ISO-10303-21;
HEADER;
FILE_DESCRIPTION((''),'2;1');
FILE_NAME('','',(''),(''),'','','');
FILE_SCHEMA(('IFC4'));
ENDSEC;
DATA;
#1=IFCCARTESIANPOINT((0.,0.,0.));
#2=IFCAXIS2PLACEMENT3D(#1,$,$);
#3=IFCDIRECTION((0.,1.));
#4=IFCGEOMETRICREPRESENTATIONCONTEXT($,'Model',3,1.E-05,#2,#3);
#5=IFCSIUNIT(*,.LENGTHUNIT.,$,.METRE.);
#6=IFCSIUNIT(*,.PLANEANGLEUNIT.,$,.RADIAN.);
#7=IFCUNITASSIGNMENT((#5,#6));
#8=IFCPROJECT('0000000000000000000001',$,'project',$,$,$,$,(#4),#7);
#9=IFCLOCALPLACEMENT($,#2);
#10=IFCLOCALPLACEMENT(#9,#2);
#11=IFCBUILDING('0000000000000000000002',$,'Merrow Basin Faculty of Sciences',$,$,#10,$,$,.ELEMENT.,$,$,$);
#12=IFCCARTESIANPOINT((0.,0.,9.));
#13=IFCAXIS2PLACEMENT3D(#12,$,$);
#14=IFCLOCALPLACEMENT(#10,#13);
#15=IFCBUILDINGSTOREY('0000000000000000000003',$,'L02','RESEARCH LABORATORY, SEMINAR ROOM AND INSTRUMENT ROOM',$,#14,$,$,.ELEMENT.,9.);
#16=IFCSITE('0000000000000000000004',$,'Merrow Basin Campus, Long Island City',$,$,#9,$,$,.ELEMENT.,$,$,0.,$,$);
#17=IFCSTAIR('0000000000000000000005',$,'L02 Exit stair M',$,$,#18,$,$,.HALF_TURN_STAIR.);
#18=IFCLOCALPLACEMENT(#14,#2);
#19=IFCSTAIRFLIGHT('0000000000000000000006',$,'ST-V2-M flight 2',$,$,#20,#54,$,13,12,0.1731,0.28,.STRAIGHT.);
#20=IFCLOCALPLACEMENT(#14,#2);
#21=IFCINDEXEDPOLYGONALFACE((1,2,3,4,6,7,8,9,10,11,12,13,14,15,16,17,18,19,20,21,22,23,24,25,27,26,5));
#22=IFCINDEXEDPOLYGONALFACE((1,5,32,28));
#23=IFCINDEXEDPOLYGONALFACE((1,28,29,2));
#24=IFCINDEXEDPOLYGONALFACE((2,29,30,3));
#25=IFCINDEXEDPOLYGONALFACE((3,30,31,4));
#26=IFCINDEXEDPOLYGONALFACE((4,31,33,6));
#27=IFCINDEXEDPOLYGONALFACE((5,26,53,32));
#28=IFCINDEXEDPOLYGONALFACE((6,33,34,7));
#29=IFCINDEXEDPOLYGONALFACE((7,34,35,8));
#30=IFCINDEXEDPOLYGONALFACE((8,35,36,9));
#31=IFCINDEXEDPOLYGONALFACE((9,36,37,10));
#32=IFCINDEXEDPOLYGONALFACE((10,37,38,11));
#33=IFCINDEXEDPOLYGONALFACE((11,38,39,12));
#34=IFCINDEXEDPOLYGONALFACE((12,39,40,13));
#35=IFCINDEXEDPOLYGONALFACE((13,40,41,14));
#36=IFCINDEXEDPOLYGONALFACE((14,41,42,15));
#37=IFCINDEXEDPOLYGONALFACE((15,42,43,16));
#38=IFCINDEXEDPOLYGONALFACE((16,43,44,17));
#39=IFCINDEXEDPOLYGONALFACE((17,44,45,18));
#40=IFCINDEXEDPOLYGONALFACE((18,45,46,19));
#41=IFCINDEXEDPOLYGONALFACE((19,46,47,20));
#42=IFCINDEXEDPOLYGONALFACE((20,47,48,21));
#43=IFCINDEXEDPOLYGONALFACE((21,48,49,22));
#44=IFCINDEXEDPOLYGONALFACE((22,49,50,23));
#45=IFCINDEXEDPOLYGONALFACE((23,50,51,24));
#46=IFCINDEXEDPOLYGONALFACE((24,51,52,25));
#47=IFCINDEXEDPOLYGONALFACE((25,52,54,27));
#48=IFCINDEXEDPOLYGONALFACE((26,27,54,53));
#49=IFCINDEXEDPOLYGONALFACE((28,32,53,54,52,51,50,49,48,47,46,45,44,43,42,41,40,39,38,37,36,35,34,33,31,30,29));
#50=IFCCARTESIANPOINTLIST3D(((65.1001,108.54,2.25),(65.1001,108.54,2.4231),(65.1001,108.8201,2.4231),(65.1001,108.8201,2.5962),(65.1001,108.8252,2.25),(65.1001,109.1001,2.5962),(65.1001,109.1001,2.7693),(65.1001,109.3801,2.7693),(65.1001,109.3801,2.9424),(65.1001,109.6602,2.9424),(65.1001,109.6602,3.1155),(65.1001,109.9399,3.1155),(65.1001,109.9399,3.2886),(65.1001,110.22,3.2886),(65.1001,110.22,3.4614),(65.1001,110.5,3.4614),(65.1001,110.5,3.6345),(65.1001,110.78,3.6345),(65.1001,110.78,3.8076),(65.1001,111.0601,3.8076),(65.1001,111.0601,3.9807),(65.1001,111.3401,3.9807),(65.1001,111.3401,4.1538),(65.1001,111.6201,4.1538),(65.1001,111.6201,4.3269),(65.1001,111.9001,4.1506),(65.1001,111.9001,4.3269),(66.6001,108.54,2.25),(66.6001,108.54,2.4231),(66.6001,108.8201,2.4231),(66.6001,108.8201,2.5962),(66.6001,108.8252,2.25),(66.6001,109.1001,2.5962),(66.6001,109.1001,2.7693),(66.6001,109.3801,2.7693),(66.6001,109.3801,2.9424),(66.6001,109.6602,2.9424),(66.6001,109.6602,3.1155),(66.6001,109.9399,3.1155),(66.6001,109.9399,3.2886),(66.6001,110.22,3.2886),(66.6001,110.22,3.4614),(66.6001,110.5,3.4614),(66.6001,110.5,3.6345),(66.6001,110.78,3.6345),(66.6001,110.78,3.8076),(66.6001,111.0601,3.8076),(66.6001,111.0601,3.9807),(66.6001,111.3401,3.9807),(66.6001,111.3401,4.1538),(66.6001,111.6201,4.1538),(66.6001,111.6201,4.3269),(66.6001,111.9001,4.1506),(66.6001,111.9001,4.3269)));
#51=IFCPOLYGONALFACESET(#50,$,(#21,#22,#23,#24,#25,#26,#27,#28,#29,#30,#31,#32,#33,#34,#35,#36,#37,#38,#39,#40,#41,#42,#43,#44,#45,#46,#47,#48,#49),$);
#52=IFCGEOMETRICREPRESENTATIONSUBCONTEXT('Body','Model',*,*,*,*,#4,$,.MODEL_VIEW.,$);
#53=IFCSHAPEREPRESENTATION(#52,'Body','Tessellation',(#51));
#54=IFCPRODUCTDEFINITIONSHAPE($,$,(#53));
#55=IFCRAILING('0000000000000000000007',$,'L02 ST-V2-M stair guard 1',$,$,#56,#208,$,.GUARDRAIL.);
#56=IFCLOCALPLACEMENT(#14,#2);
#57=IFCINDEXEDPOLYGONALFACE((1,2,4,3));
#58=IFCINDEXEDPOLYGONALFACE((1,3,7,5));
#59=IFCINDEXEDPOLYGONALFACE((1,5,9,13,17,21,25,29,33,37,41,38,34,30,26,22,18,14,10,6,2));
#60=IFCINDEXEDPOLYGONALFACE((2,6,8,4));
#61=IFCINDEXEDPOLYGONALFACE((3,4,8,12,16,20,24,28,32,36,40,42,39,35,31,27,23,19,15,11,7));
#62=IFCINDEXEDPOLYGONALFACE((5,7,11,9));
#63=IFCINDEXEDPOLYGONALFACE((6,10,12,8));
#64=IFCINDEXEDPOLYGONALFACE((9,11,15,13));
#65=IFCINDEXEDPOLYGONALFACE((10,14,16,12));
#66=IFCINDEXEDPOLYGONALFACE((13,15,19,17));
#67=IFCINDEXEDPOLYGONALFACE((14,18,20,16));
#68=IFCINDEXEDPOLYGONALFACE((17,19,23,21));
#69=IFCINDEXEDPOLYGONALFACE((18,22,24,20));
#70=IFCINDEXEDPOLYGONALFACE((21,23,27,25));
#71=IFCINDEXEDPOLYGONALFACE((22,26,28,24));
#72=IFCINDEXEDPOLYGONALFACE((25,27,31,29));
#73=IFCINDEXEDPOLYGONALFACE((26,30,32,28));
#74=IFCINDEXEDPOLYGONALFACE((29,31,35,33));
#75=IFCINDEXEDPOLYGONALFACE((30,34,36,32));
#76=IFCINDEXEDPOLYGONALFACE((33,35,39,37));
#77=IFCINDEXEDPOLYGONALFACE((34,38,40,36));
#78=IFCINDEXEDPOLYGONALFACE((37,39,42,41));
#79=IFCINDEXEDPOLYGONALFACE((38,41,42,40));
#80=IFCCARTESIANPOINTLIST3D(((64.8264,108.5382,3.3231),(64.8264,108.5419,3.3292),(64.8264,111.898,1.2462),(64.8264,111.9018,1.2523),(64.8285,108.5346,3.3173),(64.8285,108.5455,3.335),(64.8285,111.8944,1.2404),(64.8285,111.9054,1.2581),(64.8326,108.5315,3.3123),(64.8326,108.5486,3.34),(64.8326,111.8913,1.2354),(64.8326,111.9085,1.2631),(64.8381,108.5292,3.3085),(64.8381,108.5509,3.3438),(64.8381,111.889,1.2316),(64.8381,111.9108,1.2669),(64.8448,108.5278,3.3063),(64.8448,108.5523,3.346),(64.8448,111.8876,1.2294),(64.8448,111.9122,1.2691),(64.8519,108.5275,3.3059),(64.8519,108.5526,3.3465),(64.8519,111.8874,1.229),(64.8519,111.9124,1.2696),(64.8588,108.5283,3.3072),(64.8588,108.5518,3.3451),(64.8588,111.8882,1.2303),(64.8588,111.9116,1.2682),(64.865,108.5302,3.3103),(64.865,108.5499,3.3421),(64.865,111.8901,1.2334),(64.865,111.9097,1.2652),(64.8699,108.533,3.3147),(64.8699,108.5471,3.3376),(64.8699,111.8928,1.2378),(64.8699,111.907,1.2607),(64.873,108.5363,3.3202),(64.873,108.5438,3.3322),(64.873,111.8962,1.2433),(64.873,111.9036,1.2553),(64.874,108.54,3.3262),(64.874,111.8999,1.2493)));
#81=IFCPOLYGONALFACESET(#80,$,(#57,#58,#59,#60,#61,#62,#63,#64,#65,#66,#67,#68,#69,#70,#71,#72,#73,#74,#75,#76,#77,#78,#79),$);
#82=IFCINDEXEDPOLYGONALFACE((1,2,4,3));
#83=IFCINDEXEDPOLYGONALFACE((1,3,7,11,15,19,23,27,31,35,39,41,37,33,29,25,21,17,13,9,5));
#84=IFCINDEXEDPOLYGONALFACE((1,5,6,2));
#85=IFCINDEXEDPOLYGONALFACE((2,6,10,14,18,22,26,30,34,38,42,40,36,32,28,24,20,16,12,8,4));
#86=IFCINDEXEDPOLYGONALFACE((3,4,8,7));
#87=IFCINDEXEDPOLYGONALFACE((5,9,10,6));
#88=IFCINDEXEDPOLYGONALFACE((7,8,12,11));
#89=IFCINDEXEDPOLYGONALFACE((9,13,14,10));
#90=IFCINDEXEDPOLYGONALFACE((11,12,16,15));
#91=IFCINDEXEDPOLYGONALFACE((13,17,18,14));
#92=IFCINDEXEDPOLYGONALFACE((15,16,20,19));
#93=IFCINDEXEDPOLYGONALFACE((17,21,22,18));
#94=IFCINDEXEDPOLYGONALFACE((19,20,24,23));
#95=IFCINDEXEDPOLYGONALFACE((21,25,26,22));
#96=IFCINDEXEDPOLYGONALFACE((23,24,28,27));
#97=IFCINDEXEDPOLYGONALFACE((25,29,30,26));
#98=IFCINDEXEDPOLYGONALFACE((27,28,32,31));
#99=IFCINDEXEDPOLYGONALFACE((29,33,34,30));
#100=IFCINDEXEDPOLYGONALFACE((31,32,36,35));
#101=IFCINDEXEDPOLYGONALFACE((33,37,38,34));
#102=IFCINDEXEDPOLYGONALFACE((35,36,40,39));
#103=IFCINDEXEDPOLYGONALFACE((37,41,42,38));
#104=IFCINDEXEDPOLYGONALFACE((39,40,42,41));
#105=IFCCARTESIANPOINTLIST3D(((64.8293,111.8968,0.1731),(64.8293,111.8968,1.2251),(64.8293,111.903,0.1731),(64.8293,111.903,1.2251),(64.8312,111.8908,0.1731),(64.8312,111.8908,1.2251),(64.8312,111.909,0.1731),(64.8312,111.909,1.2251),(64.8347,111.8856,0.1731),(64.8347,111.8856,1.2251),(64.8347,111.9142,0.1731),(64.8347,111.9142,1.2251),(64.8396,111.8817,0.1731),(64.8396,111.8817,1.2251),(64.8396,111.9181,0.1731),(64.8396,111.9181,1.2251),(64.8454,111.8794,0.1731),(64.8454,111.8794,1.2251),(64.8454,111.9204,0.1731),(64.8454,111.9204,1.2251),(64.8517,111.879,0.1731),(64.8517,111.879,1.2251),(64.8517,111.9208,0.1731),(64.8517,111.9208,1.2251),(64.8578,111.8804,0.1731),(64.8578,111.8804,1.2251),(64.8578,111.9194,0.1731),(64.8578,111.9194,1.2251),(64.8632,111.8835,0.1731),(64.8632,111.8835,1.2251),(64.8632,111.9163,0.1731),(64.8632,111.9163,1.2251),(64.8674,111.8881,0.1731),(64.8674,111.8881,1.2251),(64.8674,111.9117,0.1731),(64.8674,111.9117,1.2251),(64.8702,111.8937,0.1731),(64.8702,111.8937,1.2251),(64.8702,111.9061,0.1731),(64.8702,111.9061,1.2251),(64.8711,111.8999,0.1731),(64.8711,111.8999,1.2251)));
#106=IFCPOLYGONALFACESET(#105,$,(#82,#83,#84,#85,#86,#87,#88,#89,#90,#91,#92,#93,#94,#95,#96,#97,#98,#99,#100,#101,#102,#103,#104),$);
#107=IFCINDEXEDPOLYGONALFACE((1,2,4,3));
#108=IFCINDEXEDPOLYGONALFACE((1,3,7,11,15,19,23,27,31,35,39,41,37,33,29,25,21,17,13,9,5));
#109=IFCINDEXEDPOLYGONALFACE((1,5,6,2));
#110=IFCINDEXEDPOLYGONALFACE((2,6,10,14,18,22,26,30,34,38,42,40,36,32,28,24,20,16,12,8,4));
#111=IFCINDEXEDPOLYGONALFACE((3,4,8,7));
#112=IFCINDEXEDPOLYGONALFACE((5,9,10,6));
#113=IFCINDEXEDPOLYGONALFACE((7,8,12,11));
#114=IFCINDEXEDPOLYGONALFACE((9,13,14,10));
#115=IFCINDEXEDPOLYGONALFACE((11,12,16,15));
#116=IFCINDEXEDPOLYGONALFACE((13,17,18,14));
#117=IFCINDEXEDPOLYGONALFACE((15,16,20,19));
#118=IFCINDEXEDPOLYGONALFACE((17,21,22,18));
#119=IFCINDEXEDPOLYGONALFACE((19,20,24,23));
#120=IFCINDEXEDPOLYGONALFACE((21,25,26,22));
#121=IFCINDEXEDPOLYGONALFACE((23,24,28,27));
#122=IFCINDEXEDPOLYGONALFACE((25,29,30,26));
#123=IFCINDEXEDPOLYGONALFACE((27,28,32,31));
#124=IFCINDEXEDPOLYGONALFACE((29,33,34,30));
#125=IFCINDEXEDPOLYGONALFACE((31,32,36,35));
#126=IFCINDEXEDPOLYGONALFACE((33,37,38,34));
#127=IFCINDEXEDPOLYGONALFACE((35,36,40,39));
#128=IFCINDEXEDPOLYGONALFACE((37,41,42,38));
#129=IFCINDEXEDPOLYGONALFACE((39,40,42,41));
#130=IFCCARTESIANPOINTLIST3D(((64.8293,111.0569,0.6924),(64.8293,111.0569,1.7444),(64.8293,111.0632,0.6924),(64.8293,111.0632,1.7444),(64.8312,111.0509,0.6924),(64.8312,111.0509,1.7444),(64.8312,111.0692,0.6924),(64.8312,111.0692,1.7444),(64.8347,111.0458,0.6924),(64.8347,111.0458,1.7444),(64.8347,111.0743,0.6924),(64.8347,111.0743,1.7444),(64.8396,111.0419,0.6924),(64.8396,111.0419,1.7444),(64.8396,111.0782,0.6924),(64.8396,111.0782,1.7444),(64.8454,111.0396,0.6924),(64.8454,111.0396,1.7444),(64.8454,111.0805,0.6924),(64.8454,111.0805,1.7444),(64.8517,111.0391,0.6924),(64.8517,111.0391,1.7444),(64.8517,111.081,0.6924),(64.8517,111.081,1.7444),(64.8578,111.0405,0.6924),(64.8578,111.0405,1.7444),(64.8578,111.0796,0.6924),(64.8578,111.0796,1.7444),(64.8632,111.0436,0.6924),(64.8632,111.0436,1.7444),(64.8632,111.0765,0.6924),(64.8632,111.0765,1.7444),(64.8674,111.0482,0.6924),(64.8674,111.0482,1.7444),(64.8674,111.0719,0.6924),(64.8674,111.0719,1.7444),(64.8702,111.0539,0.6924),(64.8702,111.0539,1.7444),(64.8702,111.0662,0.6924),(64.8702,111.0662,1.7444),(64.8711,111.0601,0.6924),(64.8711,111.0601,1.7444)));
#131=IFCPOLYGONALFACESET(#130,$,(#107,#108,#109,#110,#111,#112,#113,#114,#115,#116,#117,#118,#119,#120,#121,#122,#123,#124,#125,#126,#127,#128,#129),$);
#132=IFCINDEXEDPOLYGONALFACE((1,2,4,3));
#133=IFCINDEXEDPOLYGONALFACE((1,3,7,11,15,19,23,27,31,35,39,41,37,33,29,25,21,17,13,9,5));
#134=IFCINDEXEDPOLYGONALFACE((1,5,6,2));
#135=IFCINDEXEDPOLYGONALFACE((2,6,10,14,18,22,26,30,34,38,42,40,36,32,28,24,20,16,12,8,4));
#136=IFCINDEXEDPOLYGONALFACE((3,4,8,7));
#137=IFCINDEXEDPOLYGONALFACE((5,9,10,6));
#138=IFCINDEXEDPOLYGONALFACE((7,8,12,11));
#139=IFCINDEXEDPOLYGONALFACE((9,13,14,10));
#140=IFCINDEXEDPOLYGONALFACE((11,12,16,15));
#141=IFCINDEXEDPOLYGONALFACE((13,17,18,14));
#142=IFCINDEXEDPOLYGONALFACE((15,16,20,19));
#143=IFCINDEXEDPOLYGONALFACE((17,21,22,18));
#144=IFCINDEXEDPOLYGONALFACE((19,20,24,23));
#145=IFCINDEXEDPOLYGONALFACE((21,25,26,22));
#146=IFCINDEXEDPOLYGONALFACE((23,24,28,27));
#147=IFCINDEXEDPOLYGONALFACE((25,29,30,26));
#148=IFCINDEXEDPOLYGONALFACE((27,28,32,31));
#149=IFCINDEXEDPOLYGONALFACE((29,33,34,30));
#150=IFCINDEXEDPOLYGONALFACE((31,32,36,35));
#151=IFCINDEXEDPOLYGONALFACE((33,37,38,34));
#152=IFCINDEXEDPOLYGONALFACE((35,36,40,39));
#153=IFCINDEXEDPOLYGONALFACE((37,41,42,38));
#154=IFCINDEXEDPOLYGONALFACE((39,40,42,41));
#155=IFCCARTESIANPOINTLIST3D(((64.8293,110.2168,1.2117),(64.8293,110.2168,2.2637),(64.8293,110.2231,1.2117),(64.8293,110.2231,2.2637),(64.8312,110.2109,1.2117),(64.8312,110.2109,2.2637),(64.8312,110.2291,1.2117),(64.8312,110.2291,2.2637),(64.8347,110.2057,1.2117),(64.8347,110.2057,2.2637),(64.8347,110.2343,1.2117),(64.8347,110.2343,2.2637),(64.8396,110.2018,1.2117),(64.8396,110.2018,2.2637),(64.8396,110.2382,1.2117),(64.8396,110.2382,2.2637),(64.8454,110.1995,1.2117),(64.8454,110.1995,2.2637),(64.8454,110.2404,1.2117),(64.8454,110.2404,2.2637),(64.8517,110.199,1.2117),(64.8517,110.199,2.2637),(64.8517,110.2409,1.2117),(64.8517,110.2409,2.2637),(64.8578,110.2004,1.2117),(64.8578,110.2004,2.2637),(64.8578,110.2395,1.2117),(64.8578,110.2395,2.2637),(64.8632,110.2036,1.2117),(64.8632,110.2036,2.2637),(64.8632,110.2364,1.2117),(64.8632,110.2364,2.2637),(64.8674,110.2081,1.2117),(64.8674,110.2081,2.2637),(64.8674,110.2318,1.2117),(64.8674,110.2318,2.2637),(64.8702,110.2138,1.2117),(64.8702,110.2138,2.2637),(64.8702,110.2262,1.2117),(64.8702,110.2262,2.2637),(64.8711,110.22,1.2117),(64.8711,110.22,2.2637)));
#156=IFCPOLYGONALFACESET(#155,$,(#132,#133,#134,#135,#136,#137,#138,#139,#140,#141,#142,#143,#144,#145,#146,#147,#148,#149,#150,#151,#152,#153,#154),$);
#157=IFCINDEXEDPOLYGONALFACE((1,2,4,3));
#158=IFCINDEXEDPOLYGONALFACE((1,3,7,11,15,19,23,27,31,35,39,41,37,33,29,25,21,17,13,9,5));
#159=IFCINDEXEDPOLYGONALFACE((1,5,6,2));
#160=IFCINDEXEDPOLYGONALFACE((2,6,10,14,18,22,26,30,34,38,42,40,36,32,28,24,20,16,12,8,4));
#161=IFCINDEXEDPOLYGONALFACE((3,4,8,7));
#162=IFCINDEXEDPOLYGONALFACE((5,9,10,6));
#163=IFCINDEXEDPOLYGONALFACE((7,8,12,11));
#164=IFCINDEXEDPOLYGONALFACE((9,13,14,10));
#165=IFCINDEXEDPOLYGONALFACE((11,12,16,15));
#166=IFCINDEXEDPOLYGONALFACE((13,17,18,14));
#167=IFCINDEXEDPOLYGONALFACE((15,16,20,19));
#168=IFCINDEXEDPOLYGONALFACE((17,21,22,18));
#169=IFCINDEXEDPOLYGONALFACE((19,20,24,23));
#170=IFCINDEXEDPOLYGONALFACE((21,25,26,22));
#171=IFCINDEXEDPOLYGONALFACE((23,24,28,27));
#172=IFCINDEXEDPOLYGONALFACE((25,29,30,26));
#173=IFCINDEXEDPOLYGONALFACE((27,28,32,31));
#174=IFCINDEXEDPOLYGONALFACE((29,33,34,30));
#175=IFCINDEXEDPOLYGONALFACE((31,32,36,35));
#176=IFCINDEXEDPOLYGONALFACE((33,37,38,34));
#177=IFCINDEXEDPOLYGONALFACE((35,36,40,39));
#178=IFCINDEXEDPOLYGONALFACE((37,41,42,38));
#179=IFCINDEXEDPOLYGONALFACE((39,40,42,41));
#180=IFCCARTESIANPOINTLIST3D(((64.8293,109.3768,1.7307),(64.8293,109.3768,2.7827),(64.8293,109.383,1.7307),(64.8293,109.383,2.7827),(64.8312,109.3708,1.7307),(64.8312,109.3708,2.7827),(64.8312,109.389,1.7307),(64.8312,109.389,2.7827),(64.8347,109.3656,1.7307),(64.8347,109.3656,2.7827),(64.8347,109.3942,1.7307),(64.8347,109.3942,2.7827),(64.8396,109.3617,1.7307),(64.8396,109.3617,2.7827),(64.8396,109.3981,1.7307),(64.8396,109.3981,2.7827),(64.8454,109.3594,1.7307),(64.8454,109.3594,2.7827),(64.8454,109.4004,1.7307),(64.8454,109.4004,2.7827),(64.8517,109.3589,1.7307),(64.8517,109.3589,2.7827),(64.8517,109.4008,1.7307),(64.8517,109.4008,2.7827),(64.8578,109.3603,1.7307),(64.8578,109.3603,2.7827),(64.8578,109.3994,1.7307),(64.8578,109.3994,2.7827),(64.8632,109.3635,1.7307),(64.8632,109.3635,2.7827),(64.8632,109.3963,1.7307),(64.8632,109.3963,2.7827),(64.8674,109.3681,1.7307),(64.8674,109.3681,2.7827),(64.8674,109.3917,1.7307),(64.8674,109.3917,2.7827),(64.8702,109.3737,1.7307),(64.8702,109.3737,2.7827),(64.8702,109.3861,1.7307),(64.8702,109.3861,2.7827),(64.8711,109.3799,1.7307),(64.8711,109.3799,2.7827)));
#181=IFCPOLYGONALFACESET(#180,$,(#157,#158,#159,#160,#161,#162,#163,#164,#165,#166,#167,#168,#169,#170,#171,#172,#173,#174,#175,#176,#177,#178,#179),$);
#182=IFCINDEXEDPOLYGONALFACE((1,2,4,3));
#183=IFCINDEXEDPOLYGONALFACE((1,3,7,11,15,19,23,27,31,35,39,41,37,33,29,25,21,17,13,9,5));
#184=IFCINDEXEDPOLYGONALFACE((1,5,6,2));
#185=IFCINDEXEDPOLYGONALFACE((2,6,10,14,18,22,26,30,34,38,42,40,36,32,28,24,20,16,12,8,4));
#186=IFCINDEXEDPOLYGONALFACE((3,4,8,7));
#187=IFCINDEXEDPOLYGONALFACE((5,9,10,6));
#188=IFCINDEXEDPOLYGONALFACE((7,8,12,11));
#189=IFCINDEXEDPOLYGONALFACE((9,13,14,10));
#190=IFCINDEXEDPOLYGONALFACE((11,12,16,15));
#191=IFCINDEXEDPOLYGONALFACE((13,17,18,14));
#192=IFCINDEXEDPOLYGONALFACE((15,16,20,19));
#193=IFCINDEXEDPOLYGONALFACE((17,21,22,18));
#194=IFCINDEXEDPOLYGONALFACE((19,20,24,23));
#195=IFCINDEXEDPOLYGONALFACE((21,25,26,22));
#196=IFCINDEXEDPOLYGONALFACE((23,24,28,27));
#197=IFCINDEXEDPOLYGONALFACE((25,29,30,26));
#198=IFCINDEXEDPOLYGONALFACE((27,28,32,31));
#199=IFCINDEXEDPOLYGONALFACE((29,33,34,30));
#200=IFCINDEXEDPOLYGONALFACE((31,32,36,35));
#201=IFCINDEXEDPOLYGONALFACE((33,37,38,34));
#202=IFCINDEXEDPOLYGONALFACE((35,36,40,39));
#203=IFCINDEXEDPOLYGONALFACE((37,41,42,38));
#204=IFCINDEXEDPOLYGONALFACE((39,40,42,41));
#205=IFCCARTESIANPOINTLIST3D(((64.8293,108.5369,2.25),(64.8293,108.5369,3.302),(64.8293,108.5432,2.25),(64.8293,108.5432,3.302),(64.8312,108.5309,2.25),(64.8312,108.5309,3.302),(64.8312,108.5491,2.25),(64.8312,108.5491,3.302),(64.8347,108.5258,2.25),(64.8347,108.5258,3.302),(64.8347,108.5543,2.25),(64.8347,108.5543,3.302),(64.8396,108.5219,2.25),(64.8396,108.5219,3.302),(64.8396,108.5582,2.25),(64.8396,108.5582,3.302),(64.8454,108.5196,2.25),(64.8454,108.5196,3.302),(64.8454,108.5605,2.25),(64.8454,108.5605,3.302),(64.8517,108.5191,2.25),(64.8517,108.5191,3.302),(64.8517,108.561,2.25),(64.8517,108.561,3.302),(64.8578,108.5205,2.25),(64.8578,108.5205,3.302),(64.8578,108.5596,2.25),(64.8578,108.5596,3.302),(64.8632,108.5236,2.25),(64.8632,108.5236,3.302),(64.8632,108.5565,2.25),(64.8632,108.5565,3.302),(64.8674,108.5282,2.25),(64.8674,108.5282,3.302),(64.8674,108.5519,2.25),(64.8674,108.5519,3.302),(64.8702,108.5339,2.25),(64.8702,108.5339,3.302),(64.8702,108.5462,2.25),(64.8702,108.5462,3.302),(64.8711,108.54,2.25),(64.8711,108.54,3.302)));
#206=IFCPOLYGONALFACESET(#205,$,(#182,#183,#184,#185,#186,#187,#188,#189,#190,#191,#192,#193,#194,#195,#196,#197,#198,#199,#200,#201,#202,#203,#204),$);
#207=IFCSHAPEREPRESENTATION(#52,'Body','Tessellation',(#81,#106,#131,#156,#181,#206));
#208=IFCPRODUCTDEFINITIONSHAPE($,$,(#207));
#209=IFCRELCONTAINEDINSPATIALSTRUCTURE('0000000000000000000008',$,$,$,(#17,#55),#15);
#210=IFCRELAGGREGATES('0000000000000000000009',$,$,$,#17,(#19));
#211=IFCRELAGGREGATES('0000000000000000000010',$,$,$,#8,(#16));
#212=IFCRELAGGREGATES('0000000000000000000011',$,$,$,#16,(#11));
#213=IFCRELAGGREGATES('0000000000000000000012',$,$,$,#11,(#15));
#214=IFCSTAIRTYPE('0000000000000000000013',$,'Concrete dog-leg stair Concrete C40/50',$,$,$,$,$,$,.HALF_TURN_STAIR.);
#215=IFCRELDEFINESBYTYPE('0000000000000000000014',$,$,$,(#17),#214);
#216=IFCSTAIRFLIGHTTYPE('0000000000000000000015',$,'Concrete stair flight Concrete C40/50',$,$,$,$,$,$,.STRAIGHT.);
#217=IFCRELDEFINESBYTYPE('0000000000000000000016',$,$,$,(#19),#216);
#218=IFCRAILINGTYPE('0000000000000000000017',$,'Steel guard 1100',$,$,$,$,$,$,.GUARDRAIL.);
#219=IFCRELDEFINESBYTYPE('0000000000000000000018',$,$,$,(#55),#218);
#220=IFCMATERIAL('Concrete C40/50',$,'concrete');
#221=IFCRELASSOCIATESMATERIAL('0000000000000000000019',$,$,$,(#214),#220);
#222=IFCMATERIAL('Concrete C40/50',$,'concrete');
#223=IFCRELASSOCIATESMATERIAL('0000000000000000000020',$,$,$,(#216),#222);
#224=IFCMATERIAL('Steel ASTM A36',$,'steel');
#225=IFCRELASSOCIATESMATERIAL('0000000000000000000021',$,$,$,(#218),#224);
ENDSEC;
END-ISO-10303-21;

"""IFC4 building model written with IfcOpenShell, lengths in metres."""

from ifc_helpers import new_model, si_unit, direction, frame, origin, origin_2d, place, context, subcontext, project, spatial, polyline, circle, outline, extrude, material, type_object, element, aggregate, save


model = new_model("IFC4")

# Units and contexts
model_context = context("Model", 3, precision=1e-05, world=origin(), true_north=direction((0.0, 1.0)))
body_context = subcontext(model_context, "Body", "Model", "MODEL_VIEW")
ifc_project = project(units=[si_unit("LENGTHUNIT", "METRE"), si_unit("PLANEANGLEUNIT", "RADIAN")], contexts=[model_context])

# Site, building, storey
site_placement = place(None, origin())
site = spatial("IfcSite", under=ifc_project, at=site_placement, Name="Merrow Basin Campus, Long Island City", CompositionType="ELEMENT", RefElevation=0.0)
building_placement = place(site_placement, origin())
building = spatial("IfcBuilding", under=site, at=building_placement, Name="Merrow Basin Faculty of Sciences", CompositionType="ELEMENT")
storey_placement = place(building_placement, frame((0.0, 0.0, 9.0)))
storey = spatial("IfcBuildingStorey", under=building, at=storey_placement, Name="L02", Description="RESEARCH LABORATORY, SEMINAR ROOM AND INSTRUMENT ROOM", CompositionType="ELEMENT", Elevation=9.0)

# Stair, stair flight
ifc_material_1 = material(Name="Concrete C40/50", Category="concrete")
stair_type = type_object("IfcStairType", Name="Concrete dog-leg stair Concrete C40/50", PredefinedType="HALF_TURN_STAIR", material=ifc_material_1)
stair_placement = place(storey_placement, origin())
stair = element("IfcStair", 1, at=stair_placement, inside=storey, type_object=stair_type, Name="L02 Exit stair M", PredefinedType="HALF_TURN_STAIR")
ifc_material_2 = material(Name="Concrete C40/50", Category="concrete")
stair_flight_type = type_object("IfcStairFlightType", Name="Concrete stair flight Concrete C40/50", PredefinedType="STRAIGHT", material=ifc_material_2)
stair_flight_1_placement = place(storey_placement, frame((65.8501, 108.54, 2.25), z_axis=(0.0, 0.0, 1.0), x_axis=(0.0, 1.0, 0.0)))
stair_flight_1 = element("IfcStairFlight", 2, at=stair_flight_1_placement, type_object=stair_flight_type, Name="ST-V2-M flight 2", NumberOfRisers=13, NumberOfTreads=12, PredefinedType="STRAIGHT", RiserHeight=0.1731, TreadLength=0.28, context=body_context, shape_type="SweptSolid", body=[
    extrude(outline(polyline([(0.0, 0.0), (0.0, 0.1731), (0.28, 0.1731), (0.28, 0.3462), (0.5601, 0.3462), (0.5601, 0.5193), (0.8401, 0.5193), (0.8401, 0.6924), (1.1201, 0.6924), (1.1201, 0.8655), (1.3999, 0.8655), (1.3999, 1.0386), (1.6799, 1.0386), (1.6799, 1.2114), (1.96, 1.2114), (1.96, 1.3845), (2.24, 1.3845), (2.24, 1.5576), (2.52, 1.5576), (2.52, 1.7307), (2.8, 1.7307), (2.8, 1.9038), (3.0801, 1.9038), (3.0801, 2.0769), (3.3601, 2.0769), (3.3601, 2.25), (3.3601, 1.9006), (0.2852, 0.0), (0.0, 0.0)])), frame((0.0, 0.75, 0.0), z_axis=(0.0, -1.0, 0.0), x_axis=(1.0, 0.0, 0.0)), (0.0, 0.0, 1.0), 1.5),
])
aggregate(stair, [stair_flight_1])

# Railing
ifc_material_3 = material(Name="Steel ASTM A36", Category="steel")
railing_type_1 = type_object("IfcRailingType", Name="Steel guard 1100", PredefinedType="GUARDRAIL", material=ifc_material_3)
railing_1_placement = place(storey_placement, frame((64.8501, 111.8999, 0.1731)))
element("IfcRailing", 3, at=railing_1_placement, inside=storey, type_object=railing_type_1, Name="L02 ST-V2-M stair guard 1", PredefinedType="GUARDRAIL", context=body_context, shape_type="SweptSolid", body=[
    extrude(circle(Radius=0.0239, at=origin_2d()), frame((0.0, 0.0, 1.0762), z_axis=(0.0, -0.850606, 0.525803), x_axis=(1.0, 0.0, 0.0)), (0.0, 0.0, 1.0), 3.95),
    extrude(circle(Radius=0.021, at=origin_2d()), origin(), (0.0, 0.0, 1.0), 1.052),
    extrude(circle(Radius=0.021, at=origin_2d()), frame((0.0, -0.8398, 0.5193)), (0.0, 0.0, 1.0), 1.052),
    extrude(circle(Radius=0.021, at=origin_2d()), frame((0.0, -1.6799, 1.0386)), (0.0, 0.0, 1.0), 1.052),
    extrude(circle(Radius=0.021, at=origin_2d()), frame((0.0, -2.52, 1.5576)), (0.0, 0.0, 1.0), 1.052),
    extrude(circle(Radius=0.021, at=origin_2d()), frame((0.0, -3.3599, 2.0769)), (0.0, 0.0, 1.0), 1.052),
])

save(model, "model.ifc")
